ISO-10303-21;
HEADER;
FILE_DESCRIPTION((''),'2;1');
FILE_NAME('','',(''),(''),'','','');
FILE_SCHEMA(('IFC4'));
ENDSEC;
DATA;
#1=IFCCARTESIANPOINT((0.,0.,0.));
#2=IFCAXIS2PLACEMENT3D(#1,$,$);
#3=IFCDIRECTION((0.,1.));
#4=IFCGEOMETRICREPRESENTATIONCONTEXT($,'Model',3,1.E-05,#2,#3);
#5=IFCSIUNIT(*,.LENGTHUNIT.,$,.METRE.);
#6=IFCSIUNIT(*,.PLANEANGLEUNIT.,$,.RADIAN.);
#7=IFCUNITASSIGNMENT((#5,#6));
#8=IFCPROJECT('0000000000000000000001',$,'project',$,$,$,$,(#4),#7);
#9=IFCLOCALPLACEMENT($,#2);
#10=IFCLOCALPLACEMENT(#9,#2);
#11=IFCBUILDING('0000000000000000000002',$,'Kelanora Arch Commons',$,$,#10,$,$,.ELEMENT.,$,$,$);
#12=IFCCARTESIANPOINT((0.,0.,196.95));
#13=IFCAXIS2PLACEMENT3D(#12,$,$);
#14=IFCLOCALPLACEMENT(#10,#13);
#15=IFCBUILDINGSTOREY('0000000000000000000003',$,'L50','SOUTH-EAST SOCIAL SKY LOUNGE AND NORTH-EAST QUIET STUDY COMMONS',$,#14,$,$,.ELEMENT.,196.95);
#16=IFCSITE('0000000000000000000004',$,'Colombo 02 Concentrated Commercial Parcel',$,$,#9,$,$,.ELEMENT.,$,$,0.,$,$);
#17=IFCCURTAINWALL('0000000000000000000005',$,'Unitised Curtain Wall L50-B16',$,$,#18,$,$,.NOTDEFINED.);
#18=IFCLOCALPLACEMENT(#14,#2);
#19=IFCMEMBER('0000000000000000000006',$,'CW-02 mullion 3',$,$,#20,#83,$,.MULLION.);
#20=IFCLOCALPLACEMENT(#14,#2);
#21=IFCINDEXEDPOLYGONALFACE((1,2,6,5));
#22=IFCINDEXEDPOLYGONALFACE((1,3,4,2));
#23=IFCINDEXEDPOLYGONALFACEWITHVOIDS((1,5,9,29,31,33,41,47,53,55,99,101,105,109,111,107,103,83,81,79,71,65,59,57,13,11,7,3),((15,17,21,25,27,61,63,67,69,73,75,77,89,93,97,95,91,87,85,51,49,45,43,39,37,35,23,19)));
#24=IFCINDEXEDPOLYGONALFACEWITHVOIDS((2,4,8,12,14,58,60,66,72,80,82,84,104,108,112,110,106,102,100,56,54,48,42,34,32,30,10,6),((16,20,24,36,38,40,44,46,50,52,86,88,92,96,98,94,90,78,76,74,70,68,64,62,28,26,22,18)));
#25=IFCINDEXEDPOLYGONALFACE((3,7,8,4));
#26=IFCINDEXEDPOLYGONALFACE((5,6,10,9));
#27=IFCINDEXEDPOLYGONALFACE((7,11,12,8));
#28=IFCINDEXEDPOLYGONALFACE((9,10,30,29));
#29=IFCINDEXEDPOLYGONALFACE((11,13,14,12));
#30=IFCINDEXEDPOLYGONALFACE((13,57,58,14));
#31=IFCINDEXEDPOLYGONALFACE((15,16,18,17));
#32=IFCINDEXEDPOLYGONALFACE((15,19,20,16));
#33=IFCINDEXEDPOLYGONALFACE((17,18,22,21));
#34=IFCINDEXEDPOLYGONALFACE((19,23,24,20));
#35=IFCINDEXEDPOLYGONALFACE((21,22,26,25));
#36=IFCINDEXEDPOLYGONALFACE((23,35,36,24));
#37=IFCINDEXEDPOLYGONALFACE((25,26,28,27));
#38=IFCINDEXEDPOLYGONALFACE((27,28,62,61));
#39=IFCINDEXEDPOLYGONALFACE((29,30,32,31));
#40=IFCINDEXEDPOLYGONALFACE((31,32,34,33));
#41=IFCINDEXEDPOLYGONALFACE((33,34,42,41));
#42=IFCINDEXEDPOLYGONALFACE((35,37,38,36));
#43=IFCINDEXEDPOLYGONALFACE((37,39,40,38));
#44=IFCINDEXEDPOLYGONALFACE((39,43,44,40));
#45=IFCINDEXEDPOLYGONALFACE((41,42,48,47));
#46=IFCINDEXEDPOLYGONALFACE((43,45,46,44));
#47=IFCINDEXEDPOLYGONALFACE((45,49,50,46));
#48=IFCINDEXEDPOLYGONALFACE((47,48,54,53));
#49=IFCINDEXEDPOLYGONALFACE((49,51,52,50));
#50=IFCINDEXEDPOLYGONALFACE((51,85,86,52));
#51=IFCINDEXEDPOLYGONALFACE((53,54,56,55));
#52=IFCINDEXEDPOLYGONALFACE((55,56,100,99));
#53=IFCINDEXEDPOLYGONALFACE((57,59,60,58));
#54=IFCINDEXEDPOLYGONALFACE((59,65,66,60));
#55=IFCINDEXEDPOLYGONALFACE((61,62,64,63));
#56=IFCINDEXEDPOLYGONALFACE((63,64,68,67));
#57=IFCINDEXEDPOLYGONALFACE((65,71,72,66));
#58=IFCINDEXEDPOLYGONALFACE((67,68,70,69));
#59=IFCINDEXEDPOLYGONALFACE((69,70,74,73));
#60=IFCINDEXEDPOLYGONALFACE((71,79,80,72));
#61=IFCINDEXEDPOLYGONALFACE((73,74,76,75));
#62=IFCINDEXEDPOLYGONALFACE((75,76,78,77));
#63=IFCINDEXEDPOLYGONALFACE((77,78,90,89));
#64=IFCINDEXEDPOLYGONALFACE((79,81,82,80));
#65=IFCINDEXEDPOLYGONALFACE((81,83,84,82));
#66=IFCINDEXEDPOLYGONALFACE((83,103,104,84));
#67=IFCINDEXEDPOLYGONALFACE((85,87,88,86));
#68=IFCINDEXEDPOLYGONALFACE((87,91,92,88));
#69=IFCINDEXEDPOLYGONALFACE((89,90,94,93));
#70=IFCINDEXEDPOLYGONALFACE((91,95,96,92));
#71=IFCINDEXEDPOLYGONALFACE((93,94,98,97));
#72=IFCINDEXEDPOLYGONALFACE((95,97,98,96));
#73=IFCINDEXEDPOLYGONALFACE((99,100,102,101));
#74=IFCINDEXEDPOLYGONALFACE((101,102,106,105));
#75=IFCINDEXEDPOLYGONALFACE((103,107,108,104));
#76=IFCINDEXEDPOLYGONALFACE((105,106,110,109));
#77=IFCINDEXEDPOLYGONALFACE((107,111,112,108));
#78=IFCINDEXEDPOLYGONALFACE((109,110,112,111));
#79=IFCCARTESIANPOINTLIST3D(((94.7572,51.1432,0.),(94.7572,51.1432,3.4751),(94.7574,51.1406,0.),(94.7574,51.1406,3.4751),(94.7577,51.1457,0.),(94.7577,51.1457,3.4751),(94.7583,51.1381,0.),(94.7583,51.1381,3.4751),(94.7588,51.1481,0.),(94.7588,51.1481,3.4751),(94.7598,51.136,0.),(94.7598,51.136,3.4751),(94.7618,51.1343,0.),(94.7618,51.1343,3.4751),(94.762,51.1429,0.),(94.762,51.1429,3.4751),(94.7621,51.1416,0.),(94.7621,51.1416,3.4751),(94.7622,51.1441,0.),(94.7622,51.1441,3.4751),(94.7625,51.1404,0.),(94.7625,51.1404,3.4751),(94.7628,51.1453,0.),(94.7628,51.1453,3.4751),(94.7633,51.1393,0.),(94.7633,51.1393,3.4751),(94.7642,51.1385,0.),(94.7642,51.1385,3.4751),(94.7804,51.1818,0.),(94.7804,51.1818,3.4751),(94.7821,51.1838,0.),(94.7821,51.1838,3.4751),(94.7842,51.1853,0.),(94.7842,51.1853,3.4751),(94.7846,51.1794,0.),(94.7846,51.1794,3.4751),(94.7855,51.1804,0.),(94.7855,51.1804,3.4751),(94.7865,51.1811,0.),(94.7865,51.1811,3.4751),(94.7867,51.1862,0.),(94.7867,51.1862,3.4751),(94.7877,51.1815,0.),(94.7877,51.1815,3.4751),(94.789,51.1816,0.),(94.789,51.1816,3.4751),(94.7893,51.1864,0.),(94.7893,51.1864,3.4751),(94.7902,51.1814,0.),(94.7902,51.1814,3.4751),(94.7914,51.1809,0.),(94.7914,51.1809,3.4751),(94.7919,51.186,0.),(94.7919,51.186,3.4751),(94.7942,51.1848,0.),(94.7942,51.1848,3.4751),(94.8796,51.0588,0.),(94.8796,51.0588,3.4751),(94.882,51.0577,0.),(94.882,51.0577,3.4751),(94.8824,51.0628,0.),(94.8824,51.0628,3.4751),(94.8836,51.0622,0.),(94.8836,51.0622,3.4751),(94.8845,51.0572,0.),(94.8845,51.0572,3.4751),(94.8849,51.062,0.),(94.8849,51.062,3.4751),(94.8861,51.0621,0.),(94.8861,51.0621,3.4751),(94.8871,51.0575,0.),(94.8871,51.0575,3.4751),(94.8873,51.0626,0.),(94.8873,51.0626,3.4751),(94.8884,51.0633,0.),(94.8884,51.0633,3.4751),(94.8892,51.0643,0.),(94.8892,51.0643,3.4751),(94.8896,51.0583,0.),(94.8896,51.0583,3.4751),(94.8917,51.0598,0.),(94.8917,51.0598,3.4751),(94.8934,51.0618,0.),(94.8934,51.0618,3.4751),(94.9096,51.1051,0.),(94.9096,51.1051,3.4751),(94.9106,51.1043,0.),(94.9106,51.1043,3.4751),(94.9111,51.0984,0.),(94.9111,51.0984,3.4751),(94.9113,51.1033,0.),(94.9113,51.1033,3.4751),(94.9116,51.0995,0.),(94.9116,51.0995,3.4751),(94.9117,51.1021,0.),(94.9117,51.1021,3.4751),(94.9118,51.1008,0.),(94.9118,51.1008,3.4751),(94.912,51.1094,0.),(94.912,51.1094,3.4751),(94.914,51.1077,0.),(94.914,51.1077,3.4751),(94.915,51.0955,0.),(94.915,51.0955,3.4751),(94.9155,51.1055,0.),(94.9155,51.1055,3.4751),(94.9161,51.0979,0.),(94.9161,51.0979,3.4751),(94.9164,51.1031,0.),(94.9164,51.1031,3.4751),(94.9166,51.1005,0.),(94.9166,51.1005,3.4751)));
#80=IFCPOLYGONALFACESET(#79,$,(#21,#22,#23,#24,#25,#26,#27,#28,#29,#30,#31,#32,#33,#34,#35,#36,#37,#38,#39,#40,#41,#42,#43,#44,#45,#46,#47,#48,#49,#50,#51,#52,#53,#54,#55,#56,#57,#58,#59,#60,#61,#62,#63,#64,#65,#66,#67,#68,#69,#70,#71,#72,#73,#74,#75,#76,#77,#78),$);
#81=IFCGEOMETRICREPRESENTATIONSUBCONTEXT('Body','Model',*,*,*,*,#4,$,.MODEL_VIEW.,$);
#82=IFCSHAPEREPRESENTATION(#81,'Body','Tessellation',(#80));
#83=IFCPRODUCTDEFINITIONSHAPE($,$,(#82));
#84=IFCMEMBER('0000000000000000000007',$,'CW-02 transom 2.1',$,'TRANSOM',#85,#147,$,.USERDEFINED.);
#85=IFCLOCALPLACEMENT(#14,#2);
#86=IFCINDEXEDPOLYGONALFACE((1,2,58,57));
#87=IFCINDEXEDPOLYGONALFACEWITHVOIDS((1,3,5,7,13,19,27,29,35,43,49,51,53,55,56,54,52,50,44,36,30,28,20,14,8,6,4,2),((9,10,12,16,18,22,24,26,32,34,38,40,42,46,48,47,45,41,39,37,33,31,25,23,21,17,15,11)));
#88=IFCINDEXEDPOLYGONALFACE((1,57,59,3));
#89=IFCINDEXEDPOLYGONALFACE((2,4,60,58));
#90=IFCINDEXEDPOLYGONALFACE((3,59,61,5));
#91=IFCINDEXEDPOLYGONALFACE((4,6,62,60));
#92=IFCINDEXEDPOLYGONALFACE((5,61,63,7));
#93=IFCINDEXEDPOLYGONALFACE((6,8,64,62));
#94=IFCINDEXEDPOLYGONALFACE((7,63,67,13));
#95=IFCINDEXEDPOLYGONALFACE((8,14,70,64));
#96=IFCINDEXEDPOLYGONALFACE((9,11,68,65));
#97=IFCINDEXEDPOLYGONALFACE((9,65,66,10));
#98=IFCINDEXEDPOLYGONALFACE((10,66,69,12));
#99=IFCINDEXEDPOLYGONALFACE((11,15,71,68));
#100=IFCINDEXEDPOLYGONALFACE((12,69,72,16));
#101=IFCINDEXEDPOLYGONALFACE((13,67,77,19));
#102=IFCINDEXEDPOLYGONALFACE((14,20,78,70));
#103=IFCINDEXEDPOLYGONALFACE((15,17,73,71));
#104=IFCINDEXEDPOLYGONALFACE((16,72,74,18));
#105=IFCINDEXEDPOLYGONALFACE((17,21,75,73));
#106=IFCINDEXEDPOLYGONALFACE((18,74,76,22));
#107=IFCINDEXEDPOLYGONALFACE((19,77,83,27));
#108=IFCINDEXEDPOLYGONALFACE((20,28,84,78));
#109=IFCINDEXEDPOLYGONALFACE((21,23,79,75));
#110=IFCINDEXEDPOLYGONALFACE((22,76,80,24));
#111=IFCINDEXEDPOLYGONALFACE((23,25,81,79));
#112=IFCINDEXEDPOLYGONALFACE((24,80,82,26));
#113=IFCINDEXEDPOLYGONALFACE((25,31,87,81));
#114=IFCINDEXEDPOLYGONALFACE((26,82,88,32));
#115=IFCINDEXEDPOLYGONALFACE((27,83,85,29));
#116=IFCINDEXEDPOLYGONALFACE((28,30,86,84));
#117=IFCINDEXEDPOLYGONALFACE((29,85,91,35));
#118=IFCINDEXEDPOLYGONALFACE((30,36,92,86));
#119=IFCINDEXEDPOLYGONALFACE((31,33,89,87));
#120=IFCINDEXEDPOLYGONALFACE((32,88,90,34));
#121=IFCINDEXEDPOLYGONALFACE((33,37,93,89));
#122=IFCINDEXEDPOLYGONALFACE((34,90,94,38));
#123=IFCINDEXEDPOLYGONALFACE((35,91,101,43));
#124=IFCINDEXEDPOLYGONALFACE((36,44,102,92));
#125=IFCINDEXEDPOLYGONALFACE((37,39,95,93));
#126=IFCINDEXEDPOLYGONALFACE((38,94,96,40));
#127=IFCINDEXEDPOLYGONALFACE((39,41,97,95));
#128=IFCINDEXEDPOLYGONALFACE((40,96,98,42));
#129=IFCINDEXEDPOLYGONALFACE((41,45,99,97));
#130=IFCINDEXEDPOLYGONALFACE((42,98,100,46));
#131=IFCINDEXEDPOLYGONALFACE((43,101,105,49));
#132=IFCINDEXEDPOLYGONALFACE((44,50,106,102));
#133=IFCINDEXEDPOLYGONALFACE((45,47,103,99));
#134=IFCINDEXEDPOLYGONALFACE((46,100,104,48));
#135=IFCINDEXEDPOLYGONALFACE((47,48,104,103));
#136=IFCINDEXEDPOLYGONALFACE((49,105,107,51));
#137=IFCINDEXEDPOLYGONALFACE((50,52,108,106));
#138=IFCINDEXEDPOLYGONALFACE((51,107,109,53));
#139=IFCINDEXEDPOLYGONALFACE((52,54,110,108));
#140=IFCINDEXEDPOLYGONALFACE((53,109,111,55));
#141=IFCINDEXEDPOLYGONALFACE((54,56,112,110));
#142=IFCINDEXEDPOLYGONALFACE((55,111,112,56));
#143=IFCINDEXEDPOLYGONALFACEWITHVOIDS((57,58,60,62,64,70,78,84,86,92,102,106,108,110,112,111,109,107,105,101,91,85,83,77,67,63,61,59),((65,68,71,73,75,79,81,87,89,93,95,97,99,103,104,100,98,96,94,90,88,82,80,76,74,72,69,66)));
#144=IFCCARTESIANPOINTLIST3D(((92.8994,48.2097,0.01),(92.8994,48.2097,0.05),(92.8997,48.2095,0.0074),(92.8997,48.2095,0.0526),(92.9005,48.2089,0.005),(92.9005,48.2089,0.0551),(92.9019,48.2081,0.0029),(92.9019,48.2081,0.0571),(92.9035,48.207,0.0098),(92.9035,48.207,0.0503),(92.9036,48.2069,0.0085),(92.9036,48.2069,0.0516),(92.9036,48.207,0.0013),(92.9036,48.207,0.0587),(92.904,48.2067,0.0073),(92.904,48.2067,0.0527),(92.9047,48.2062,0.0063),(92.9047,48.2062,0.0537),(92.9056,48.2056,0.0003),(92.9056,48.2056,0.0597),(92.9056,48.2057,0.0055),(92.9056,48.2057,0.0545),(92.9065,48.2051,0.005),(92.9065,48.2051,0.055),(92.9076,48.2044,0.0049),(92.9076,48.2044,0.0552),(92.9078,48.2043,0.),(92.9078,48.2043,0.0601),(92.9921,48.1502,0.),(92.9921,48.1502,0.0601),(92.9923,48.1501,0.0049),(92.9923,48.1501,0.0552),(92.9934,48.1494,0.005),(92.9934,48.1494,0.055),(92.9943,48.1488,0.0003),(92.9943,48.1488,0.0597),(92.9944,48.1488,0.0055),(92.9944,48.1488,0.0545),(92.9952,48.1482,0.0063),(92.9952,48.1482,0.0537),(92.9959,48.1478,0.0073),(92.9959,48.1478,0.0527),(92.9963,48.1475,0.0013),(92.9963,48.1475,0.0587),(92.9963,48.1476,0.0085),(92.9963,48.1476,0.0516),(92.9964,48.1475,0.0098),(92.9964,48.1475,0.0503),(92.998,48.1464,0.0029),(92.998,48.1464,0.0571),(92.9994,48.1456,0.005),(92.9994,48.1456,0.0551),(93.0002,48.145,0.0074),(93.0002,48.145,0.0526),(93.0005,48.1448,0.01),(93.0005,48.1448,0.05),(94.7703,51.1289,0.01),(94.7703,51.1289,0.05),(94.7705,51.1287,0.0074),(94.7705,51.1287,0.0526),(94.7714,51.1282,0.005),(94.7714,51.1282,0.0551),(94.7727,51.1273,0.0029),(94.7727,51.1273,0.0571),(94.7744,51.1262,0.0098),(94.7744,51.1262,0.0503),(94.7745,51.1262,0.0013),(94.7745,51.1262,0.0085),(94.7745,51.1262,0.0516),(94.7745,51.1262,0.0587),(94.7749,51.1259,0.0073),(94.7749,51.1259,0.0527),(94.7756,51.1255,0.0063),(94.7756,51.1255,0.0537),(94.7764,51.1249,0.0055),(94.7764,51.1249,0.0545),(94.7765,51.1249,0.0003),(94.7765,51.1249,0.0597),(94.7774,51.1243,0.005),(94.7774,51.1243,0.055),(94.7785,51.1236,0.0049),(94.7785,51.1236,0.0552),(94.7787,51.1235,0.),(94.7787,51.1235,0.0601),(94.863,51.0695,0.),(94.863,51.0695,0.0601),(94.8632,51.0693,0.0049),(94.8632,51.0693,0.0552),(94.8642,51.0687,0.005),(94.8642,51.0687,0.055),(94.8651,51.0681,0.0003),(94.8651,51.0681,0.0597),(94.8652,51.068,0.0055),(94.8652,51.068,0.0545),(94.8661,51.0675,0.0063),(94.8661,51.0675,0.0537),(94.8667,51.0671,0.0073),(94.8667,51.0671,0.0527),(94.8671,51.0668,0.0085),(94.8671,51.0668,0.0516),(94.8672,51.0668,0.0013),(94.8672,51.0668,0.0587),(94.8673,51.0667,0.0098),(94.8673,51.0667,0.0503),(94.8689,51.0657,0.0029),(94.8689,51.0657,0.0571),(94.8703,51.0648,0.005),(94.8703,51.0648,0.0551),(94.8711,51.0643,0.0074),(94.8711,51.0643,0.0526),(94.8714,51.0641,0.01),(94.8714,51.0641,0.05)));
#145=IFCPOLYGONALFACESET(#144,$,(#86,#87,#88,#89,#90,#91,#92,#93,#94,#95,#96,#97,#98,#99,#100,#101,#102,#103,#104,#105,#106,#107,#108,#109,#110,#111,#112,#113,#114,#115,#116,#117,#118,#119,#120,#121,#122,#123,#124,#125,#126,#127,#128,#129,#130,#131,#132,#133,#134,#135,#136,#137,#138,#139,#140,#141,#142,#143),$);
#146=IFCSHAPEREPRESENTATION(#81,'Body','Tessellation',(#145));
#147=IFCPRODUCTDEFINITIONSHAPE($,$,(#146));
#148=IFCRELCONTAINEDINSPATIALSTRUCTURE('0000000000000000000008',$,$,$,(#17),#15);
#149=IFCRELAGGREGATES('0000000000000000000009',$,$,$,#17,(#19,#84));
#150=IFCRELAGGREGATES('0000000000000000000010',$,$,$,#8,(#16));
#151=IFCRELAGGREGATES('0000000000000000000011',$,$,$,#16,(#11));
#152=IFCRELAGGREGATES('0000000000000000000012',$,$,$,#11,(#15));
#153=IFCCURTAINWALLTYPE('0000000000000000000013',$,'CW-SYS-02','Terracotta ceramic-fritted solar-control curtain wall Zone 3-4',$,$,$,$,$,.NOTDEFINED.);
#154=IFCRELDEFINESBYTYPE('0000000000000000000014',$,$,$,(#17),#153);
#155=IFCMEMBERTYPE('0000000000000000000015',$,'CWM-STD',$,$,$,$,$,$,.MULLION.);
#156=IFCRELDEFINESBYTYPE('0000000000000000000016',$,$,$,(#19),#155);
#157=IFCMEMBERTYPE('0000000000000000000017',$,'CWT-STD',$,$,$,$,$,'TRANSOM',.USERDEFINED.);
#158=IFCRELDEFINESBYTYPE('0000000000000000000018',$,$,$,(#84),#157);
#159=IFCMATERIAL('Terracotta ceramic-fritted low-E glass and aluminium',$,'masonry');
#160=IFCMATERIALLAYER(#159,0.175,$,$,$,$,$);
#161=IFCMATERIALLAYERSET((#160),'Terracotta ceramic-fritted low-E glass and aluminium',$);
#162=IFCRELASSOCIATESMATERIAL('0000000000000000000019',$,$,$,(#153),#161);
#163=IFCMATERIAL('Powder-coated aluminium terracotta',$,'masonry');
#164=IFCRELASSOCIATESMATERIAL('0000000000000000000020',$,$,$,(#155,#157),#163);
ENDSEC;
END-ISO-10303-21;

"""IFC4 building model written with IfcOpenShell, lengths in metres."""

from ifc_helpers import new_model, si_unit, direction, frame, origin, origin_2d, place, context, subcontext, project, spatial, hollow_rectangle, extrude, material, layer, layer_set, material_profile, profile_set, type_object, element, aggregate, save


model = new_model("IFC4")

# Units and contexts
model_context = context("Model", 3, precision=1e-05, world=origin(), true_north=direction((0.0, 1.0)))
body_context = subcontext(model_context, "Body", "Model", "MODEL_VIEW")
ifc_project = project(units=[si_unit("LENGTHUNIT", "METRE"), si_unit("PLANEANGLEUNIT", "RADIAN")], contexts=[model_context])

# Site, building, storey
site_placement = place(None, origin())
site = spatial("IfcSite", under=ifc_project, at=site_placement, Name="Colombo 02 Concentrated Commercial Parcel", CompositionType="ELEMENT", RefElevation=0.0)
building_placement = place(site_placement, origin())
building = spatial("IfcBuilding", under=site, at=building_placement, Name="Kelanora Arch Commons", CompositionType="ELEMENT")
storey_placement = place(building_placement, frame((0.0, 0.0, 196.95)))
storey = spatial("IfcBuildingStorey", under=building, at=storey_placement, Name="L50", Description="SOUTH-EAST SOCIAL SKY LOUNGE AND NORTH-EAST QUIET STUDY COMMONS", CompositionType="ELEMENT", Elevation=196.95)

# Curtain wall, members
ifc_material_1 = material(Name="Terracotta ceramic-fritted low-E glass and aluminium", Category="masonry")
ifc_layer_1 = layer(ifc_material_1, 0.175)
ifc_layer_set_1 = layer_set([ifc_layer_1], Name="Terracotta ceramic-fritted low-E glass and aluminium")
curtain_wall_type = type_object("IfcCurtainWallType", Name="CW-SYS-02", Description="Terracotta ceramic-fritted solar-control curtain wall Zone 3-4", PredefinedType="NOTDEFINED", material=ifc_layer_set_1)
curtain_wall_placement = place(storey_placement, origin())
curtain_wall = element("IfcCurtainWall", 1, at=curtain_wall_placement, inside=storey, type_object=curtain_wall_type, Name="Unitised Curtain Wall L50-B16", PredefinedType="NOTDEFINED")
ifc_material_2 = material(Name="Powder-coated aluminium terracotta", Category="masonry")
ifc_material_profile_1 = material_profile(ifc_material_2, hollow_rectangle(XDim=0.1599, YDim=0.0601, WallThickness=0.0049, InnerFilletRadius=0.0049, OuterFilletRadius=0.01, at=origin_2d()), Name="CWM160x60")
ifc_profile_set_1 = profile_set([ifc_material_profile_1], Name="Powder-coated aluminium terracotta")
member_type_1 = type_object("IfcMemberType", Name="CWM-STD", PredefinedType="MULLION", material=ifc_profile_set_1)
member_1_placement = place(storey_placement, frame((94.8369, 51.1218, 0.0), z_axis=(0.0, 0.0, 1.0), x_axis=(-0.841948, 0.539559, 0.0)))
member_1 = element("IfcMember", 2, at=member_1_placement, type_object=member_type_1, Name="CW-02 mullion 3", PredefinedType="MULLION", context=body_context, shape_type="SweptSolid", body=[
    extrude(hollow_rectangle(XDim=0.1599, YDim=0.0601, WallThickness=0.0049, InnerFilletRadius=0.0049, OuterFilletRadius=0.01, at=origin_2d()), origin(), (0.0, 0.0, 1.0), 3.4751),
])
ifc_material_profile_2 = material_profile(ifc_material_2, hollow_rectangle(XDim=0.1201, YDim=0.0601, WallThickness=0.0049, InnerFilletRadius=0.0049, OuterFilletRadius=0.01, at=origin_2d()), Name="CWT120x60")
ifc_profile_set_2 = profile_set([ifc_material_profile_2], Name="Powder-coated aluminium terracotta")
member_type_2 = type_object("IfcMemberType", Name="CWT-STD", ElementType="TRANSOM", PredefinedType="USERDEFINED", material=ifc_profile_set_2)
member_2_placement = place(storey_placement, frame((92.95, 48.1772, 0.03), z_axis=(0.539579, 0.841935, 0.0), x_axis=(-0.841935, 0.539579, 0.0)))
member_2 = element("IfcMember", 3, at=member_2_placement, type_object=member_type_2, Name="CW-02 transom 2.1", ObjectType="TRANSOM", PredefinedType="USERDEFINED", context=body_context, shape_type="SweptSolid", body=[
    extrude(hollow_rectangle(XDim=0.1201, YDim=0.0601, WallThickness=0.0049, InnerFilletRadius=0.0049, OuterFilletRadius=0.01, at=origin_2d()), origin(), (0.0, 0.0, 1.0), 3.4673),
])
aggregate(curtain_wall, [member_1, member_2])

save(model, "model.ifc")
